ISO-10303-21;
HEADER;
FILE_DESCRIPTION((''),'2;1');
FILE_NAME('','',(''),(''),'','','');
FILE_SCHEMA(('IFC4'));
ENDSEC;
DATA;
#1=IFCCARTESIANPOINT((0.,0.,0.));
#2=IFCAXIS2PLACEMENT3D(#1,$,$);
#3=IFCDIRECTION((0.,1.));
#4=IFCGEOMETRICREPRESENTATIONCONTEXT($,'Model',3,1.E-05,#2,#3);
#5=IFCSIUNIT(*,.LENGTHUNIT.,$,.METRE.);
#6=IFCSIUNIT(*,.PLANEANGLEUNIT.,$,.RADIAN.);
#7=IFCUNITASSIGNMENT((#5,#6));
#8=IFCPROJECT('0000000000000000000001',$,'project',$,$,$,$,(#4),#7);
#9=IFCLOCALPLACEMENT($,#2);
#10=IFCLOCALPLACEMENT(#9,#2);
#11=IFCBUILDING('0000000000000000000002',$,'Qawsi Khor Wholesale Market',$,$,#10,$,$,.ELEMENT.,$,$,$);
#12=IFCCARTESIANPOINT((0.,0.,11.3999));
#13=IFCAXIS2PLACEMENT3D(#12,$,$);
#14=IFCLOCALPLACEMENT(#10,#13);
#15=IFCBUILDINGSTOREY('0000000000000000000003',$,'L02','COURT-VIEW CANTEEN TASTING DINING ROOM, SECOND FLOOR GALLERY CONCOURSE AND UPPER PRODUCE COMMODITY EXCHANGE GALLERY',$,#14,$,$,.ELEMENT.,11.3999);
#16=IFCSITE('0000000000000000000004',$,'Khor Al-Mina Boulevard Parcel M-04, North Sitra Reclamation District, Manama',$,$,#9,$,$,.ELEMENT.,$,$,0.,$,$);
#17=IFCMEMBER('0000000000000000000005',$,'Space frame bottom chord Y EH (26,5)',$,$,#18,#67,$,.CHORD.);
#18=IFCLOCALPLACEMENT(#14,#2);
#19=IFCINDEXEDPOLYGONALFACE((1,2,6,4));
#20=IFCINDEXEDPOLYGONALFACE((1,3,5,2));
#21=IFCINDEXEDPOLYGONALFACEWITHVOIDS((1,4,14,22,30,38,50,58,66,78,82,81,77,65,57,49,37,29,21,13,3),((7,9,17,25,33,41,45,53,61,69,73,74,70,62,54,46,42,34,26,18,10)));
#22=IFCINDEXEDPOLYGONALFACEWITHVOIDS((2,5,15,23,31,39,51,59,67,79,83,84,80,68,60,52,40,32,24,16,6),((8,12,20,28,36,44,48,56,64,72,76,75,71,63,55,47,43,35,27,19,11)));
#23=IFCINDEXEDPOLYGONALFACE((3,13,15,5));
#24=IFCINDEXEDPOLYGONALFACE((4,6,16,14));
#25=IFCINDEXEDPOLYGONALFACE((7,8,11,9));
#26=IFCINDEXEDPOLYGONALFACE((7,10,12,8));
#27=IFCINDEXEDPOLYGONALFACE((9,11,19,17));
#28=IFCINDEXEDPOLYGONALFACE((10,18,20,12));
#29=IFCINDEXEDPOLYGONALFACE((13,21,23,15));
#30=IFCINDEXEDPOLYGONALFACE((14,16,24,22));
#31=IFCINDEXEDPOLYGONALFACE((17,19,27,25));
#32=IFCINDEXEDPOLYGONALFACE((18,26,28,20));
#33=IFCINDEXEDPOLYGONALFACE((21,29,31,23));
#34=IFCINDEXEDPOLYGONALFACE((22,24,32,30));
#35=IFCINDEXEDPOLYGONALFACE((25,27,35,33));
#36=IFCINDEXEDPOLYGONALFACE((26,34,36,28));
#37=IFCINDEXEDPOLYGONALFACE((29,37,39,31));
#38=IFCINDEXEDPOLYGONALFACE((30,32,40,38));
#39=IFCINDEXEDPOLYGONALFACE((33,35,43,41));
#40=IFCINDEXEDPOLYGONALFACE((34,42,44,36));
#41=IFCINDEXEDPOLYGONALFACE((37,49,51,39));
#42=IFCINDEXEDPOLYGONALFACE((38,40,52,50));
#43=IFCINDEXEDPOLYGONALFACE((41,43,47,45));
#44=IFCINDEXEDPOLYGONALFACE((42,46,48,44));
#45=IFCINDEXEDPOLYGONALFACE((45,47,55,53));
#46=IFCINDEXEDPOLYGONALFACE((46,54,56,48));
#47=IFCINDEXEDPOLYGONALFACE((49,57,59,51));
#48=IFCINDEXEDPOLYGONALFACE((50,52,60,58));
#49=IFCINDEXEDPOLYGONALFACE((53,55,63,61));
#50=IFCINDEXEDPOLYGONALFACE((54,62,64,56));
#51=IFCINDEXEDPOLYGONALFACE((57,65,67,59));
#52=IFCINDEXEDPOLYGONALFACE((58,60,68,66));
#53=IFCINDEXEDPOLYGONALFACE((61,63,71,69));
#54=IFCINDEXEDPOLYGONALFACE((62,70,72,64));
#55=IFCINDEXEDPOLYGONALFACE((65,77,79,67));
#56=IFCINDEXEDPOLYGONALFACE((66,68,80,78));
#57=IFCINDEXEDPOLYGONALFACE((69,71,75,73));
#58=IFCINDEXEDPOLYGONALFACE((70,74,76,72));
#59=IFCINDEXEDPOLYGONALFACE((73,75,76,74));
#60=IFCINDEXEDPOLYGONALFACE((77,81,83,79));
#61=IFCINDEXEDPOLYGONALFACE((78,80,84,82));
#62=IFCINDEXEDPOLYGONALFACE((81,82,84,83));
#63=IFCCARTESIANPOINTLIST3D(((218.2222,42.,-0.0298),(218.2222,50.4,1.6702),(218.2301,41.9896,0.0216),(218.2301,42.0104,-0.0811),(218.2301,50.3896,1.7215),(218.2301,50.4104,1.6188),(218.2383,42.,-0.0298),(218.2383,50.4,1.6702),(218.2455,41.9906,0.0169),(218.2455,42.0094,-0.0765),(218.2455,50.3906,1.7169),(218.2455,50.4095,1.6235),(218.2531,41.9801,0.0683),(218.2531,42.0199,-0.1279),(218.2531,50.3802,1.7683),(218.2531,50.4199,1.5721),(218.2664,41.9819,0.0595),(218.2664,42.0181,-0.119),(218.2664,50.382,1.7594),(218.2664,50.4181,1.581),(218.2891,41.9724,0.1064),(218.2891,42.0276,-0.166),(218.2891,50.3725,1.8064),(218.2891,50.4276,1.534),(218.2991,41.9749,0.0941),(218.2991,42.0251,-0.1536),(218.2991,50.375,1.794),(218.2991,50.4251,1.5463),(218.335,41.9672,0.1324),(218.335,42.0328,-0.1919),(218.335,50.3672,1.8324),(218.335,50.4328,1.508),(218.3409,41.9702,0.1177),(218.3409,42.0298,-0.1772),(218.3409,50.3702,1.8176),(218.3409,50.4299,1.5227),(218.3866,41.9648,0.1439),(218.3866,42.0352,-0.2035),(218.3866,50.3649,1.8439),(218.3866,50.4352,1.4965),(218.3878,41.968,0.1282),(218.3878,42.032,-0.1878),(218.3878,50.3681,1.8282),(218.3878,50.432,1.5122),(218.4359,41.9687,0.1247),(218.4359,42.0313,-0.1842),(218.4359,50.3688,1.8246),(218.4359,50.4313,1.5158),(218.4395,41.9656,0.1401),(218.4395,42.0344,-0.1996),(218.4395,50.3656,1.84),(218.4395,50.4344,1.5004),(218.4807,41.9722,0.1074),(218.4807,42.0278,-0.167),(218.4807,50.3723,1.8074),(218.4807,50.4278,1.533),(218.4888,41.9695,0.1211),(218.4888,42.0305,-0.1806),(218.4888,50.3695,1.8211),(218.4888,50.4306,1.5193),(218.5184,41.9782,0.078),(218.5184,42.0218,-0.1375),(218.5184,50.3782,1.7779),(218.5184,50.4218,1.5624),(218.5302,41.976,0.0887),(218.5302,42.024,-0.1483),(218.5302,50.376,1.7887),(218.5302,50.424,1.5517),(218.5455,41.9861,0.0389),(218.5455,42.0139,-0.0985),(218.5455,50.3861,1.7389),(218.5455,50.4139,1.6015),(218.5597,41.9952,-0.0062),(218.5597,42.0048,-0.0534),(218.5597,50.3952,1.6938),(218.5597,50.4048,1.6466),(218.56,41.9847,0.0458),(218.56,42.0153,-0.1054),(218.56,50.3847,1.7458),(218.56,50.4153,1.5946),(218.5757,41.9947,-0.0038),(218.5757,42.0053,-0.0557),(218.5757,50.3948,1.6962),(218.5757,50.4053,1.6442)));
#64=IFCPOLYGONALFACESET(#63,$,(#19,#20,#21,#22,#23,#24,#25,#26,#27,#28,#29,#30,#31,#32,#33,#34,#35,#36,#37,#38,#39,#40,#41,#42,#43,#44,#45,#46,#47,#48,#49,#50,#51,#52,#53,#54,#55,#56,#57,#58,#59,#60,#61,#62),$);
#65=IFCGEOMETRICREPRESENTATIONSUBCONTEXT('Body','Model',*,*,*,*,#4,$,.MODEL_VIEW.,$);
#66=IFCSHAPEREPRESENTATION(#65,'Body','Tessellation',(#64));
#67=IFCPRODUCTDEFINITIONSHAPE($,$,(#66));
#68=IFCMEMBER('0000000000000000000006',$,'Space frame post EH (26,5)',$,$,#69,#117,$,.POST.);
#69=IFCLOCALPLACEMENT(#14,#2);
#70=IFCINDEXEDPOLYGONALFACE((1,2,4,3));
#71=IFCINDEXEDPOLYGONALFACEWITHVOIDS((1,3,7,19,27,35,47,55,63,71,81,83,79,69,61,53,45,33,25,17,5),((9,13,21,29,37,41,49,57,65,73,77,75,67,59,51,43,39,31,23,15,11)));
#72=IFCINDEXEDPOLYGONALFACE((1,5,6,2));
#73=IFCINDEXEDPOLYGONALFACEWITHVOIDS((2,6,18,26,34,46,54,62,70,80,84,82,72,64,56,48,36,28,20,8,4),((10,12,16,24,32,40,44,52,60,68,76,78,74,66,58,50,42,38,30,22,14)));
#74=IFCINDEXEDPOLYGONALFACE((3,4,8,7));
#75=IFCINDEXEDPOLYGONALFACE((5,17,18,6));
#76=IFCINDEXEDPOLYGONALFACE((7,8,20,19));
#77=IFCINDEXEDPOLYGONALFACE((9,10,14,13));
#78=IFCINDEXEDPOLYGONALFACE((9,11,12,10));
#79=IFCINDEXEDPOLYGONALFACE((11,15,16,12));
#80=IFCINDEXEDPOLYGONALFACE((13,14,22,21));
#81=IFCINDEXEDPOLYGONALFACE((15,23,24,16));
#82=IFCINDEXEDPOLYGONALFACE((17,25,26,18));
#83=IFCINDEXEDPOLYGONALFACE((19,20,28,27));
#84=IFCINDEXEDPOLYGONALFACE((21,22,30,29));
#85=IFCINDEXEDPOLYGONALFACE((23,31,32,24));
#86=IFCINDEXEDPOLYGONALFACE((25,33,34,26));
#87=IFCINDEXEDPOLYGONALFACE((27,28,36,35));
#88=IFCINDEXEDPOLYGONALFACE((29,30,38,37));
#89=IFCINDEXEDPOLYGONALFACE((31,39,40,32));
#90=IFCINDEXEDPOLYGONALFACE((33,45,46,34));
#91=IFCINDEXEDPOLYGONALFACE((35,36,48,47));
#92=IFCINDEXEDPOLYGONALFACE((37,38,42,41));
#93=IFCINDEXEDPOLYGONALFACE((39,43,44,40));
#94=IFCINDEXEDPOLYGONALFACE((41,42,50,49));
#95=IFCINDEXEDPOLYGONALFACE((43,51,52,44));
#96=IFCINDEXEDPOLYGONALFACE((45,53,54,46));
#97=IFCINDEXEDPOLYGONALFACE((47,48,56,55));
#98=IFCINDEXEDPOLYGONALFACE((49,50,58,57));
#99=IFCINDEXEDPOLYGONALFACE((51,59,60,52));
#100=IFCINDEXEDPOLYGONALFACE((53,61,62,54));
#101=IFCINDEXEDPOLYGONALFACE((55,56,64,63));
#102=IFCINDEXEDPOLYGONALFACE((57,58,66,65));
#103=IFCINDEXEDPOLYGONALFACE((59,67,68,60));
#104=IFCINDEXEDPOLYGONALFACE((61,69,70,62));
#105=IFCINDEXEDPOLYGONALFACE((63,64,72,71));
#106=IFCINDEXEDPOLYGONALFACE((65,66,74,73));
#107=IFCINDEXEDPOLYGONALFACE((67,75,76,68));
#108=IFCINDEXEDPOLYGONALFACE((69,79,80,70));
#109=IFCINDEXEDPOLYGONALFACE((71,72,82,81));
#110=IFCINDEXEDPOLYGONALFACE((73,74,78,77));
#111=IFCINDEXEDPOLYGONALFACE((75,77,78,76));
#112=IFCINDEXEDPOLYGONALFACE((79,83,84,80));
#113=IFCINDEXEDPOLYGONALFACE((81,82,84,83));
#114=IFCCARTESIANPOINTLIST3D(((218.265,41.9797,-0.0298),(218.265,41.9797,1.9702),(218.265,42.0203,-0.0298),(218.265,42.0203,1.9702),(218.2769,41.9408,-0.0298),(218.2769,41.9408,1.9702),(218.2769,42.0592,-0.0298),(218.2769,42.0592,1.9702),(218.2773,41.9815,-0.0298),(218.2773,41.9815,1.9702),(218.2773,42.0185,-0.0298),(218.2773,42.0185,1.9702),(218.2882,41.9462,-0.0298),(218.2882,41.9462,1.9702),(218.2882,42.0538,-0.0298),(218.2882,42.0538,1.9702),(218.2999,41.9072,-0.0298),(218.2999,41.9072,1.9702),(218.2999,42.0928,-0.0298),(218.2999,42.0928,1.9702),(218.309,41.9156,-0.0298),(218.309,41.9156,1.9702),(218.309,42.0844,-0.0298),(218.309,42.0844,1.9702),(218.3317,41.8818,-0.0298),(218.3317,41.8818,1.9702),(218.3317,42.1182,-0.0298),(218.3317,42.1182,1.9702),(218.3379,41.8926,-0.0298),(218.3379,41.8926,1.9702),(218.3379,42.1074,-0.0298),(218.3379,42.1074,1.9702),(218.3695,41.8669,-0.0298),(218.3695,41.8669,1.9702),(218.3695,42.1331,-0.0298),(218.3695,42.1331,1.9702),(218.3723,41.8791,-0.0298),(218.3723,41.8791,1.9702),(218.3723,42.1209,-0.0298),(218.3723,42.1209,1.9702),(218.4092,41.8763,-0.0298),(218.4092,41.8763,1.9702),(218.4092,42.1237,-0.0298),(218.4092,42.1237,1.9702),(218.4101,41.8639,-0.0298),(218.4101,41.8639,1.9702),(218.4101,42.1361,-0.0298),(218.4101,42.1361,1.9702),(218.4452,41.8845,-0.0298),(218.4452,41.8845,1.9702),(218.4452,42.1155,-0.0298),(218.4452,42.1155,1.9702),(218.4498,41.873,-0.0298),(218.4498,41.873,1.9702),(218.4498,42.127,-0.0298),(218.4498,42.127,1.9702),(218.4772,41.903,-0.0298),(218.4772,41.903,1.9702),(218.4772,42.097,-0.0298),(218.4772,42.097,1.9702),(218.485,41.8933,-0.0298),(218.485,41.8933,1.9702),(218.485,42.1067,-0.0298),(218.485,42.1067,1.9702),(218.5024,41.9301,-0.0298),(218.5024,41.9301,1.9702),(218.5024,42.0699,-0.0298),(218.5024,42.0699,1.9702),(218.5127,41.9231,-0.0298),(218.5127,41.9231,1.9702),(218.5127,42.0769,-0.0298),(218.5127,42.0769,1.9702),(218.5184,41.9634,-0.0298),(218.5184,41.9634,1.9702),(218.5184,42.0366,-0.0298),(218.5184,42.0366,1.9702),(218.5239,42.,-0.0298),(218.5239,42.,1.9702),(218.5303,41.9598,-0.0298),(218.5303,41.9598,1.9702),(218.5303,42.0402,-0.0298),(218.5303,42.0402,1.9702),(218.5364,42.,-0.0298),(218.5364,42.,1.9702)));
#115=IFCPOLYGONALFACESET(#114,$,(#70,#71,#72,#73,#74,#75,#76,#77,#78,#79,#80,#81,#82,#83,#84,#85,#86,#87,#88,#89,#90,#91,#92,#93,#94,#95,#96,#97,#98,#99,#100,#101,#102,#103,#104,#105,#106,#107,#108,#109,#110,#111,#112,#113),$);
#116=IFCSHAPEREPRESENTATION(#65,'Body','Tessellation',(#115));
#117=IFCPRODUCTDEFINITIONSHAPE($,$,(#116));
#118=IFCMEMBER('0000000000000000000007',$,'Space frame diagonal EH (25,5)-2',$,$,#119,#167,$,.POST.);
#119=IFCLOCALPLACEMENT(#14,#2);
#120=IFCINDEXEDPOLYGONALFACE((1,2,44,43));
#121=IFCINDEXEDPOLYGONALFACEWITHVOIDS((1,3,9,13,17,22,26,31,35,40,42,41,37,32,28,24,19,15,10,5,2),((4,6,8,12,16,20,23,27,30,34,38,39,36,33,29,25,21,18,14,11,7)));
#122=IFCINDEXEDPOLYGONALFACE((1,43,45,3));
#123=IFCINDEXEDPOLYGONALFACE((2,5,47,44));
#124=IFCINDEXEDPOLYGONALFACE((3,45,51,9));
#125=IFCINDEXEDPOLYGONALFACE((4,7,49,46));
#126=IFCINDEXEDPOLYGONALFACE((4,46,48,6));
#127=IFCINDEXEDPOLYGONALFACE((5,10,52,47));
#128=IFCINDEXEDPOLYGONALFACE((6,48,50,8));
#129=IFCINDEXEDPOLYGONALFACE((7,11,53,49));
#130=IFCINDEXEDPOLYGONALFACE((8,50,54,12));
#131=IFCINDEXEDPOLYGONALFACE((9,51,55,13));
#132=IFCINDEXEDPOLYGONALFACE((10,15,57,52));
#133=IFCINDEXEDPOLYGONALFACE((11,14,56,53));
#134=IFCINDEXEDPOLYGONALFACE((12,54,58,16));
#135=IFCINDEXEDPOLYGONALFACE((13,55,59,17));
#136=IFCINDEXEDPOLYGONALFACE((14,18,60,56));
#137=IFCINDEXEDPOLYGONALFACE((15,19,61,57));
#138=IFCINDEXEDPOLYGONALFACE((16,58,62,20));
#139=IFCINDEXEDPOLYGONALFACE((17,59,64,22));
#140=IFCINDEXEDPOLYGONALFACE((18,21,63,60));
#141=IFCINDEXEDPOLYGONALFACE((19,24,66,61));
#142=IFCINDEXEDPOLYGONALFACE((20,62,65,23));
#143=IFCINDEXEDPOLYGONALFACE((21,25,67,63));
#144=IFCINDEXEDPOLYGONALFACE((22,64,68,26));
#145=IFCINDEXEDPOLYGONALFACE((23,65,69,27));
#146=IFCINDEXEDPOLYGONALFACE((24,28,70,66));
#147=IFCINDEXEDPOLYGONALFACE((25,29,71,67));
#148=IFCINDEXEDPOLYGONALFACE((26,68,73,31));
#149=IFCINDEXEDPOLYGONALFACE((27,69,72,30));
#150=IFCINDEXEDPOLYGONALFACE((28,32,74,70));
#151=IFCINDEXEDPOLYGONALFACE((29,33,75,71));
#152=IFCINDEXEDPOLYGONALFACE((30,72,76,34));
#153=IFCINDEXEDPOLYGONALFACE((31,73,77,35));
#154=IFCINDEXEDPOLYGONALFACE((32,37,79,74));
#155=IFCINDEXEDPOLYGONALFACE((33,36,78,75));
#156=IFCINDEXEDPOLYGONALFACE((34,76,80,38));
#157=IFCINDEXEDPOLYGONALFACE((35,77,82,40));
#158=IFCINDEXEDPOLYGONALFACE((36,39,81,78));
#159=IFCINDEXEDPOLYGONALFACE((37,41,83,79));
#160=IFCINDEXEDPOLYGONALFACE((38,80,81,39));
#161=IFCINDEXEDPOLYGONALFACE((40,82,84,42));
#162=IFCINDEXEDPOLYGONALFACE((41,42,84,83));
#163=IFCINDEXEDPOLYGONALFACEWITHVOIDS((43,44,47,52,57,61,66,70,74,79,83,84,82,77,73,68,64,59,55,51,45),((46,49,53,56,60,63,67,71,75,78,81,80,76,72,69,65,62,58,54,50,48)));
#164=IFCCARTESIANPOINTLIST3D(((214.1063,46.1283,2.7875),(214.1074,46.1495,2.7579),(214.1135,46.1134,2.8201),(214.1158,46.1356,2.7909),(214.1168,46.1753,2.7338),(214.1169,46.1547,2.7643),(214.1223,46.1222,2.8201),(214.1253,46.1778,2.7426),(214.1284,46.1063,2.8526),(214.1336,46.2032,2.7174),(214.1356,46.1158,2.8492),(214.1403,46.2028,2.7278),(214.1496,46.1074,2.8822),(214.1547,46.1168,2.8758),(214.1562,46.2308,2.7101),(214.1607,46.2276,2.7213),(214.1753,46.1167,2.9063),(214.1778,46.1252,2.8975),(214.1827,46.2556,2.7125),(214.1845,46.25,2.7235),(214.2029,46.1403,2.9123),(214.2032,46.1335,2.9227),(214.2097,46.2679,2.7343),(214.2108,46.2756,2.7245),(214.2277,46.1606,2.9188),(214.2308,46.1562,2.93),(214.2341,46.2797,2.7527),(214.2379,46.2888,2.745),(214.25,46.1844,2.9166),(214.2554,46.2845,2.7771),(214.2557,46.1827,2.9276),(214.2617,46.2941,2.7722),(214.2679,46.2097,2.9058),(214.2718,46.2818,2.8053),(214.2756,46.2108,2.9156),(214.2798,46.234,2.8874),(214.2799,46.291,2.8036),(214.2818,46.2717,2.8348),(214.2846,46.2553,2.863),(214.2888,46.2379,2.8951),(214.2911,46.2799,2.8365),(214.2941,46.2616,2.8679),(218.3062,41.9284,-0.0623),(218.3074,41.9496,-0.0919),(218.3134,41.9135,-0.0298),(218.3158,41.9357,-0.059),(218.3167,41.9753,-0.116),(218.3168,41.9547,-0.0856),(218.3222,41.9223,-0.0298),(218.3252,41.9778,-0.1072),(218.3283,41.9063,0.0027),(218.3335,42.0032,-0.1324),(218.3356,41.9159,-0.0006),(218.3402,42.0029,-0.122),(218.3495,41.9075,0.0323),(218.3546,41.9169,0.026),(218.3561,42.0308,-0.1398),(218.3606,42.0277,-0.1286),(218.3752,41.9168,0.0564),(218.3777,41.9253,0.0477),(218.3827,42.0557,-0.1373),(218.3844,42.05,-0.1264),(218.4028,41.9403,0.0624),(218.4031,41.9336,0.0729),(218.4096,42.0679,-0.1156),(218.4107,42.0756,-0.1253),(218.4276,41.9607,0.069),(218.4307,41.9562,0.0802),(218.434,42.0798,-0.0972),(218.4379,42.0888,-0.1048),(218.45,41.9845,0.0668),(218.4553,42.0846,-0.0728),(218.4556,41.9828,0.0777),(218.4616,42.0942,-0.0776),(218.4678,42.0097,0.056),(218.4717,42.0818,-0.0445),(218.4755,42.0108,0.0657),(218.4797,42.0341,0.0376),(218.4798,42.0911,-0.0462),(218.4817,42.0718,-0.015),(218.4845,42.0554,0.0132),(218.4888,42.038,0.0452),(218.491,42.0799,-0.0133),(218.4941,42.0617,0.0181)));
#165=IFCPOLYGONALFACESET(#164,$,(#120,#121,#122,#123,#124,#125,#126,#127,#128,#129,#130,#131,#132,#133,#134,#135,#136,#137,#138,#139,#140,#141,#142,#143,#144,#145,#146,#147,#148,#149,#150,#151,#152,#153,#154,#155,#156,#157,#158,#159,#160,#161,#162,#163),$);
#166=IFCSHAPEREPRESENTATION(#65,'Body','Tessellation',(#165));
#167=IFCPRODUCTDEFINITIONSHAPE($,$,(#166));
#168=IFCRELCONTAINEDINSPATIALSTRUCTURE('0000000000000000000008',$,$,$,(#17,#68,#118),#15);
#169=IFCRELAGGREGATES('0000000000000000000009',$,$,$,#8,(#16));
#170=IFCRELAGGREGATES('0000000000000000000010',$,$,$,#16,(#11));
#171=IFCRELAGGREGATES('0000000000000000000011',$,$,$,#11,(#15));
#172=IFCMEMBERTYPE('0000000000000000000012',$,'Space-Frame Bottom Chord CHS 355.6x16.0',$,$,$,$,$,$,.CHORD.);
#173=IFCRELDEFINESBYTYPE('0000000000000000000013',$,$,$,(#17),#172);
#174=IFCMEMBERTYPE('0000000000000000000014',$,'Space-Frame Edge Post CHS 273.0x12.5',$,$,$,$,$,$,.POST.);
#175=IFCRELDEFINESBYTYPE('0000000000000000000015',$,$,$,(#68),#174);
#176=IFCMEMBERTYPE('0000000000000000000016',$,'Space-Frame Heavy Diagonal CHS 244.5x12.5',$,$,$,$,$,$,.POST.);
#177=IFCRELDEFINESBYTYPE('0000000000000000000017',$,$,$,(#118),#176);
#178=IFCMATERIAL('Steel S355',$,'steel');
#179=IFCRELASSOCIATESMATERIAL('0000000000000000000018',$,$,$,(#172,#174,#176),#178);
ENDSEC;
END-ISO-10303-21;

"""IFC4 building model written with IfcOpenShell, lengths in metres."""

from ifc_helpers import new_model, si_unit, direction, frame, origin, origin_2d, place, context, subcontext, project, spatial, hollow_circle, extrude, material, material_profile, profile_set, type_object, element, save


model = new_model("IFC4")

# Units and contexts
model_context = context("Model", 3, precision=1e-05, world=origin(), true_north=direction((0.0, 1.0)))
body_context = subcontext(model_context, "Body", "Model", "MODEL_VIEW")
ifc_project = project(units=[si_unit("LENGTHUNIT", "METRE"), si_unit("PLANEANGLEUNIT", "RADIAN")], contexts=[model_context])

# Site, building, storey
site_placement = place(None, origin())
site = spatial("IfcSite", under=ifc_project, at=site_placement, Name="Khor Al-Mina Boulevard Parcel M-04, North Sitra Reclamation District, Manama", CompositionType="ELEMENT", RefElevation=0.0)
building_placement = place(site_placement, origin())
building = spatial("IfcBuilding", under=site, at=building_placement, Name="Qawsi Khor Wholesale Market", CompositionType="ELEMENT")
storey_placement = place(building_placement, frame((0.0, 0.0, 11.3999)))
storey = spatial("IfcBuildingStorey", under=building, at=storey_placement, Name="L02", Description="COURT-VIEW CANTEEN TASTING DINING ROOM, SECOND FLOOR GALLERY CONCOURSE AND UPPER PRODUCE COMMODITY EXCHANGE GALLERY", CompositionType="ELEMENT", Elevation=11.3999)

# Members
ifc_material_1 = material(Name="Steel S355", Category="steel")
ifc_material_profile_1 = material_profile(ifc_material_1, hollow_circle(Radius=0.1777, WallThickness=0.0161, at=origin_2d()), Name="CHS 355.6x16.0")
ifc_profile_set_1 = profile_set([ifc_material_profile_1], Name="Steel S355")
member_type_1 = type_object("IfcMemberType", Name="Space-Frame Bottom Chord CHS 355.6x16.0", PredefinedType="CHORD", material=ifc_profile_set_1)
member_1_placement = place(storey_placement, frame((218.3999, 42.0, -0.0298), z_axis=(0.0, 0.98013, 0.198356), x_axis=(-1.0, 0.0, 0.0)))
element("IfcMember", 1, at=member_1_placement, inside=storey, type_object=member_type_1, Name="Space frame bottom chord Y EH (26,5)", PredefinedType="CHORD", context=body_context, shape_type="SweptSolid", body=[
    extrude(hollow_circle(Radius=0.1777, WallThickness=0.0161, at=origin_2d()), origin(), (0.0, 0.0, 1.0), 8.5703),
])
ifc_material_profile_2 = material_profile(ifc_material_1, hollow_circle(Radius=0.1365, WallThickness=0.0125, at=origin_2d()), Name="CHS 273.0x12.5")
ifc_profile_set_2 = profile_set([ifc_material_profile_2], Name="Steel S355")
member_type_2 = type_object("IfcMemberType", Name="Space-Frame Edge Post CHS 273.0x12.5", PredefinedType="POST", material=ifc_profile_set_2)
member_2_placement = place(storey_placement, frame((218.3999, 42.0, -0.0298), z_axis=(0.0, 0.0, 1.0), x_axis=(1.0, 0.0, 0.0)))
element("IfcMember", 2, at=member_2_placement, inside=storey, type_object=member_type_2, Name="Space frame post EH (26,5)", PredefinedType="POST", context=body_context, shape_type="SweptSolid", body=[
    extrude(hollow_circle(Radius=0.1365, WallThickness=0.0125, at=origin_2d()), origin(), (0.0, 0.0, 1.0), 2.0),
])
ifc_material_profile_3 = material_profile(ifc_material_1, hollow_circle(Radius=0.1223, WallThickness=0.0125, at=origin_2d()), Name="CHS 244.5x12.5")
ifc_profile_set_3 = profile_set([ifc_material_profile_3], Name="Steel S355")
member_type_3 = type_object("IfcMemberType", Name="Space-Frame Heavy Diagonal CHS 244.5x12.5", PredefinedType="POST", material=ifc_profile_set_3)
member_3_placement = place(storey_placement, frame((218.3999, 42.0, -0.0298), z_axis=(-0.637522, 0.637522, 0.432587), x_axis=(-0.707107, -0.707107, 0.0)))
element("IfcMember", 3, at=member_3_placement, inside=storey, type_object=member_type_3, Name="Space frame diagonal EH (25,5)-2", PredefinedType="POST", context=body_context, shape_type="SweptSolid", body=[
    extrude(hollow_circle(Radius=0.1223, WallThickness=0.0125, at=origin_2d()), origin(), (0.0, 0.0, 1.0), 6.5879),
])

save(model, "model.ifc")
